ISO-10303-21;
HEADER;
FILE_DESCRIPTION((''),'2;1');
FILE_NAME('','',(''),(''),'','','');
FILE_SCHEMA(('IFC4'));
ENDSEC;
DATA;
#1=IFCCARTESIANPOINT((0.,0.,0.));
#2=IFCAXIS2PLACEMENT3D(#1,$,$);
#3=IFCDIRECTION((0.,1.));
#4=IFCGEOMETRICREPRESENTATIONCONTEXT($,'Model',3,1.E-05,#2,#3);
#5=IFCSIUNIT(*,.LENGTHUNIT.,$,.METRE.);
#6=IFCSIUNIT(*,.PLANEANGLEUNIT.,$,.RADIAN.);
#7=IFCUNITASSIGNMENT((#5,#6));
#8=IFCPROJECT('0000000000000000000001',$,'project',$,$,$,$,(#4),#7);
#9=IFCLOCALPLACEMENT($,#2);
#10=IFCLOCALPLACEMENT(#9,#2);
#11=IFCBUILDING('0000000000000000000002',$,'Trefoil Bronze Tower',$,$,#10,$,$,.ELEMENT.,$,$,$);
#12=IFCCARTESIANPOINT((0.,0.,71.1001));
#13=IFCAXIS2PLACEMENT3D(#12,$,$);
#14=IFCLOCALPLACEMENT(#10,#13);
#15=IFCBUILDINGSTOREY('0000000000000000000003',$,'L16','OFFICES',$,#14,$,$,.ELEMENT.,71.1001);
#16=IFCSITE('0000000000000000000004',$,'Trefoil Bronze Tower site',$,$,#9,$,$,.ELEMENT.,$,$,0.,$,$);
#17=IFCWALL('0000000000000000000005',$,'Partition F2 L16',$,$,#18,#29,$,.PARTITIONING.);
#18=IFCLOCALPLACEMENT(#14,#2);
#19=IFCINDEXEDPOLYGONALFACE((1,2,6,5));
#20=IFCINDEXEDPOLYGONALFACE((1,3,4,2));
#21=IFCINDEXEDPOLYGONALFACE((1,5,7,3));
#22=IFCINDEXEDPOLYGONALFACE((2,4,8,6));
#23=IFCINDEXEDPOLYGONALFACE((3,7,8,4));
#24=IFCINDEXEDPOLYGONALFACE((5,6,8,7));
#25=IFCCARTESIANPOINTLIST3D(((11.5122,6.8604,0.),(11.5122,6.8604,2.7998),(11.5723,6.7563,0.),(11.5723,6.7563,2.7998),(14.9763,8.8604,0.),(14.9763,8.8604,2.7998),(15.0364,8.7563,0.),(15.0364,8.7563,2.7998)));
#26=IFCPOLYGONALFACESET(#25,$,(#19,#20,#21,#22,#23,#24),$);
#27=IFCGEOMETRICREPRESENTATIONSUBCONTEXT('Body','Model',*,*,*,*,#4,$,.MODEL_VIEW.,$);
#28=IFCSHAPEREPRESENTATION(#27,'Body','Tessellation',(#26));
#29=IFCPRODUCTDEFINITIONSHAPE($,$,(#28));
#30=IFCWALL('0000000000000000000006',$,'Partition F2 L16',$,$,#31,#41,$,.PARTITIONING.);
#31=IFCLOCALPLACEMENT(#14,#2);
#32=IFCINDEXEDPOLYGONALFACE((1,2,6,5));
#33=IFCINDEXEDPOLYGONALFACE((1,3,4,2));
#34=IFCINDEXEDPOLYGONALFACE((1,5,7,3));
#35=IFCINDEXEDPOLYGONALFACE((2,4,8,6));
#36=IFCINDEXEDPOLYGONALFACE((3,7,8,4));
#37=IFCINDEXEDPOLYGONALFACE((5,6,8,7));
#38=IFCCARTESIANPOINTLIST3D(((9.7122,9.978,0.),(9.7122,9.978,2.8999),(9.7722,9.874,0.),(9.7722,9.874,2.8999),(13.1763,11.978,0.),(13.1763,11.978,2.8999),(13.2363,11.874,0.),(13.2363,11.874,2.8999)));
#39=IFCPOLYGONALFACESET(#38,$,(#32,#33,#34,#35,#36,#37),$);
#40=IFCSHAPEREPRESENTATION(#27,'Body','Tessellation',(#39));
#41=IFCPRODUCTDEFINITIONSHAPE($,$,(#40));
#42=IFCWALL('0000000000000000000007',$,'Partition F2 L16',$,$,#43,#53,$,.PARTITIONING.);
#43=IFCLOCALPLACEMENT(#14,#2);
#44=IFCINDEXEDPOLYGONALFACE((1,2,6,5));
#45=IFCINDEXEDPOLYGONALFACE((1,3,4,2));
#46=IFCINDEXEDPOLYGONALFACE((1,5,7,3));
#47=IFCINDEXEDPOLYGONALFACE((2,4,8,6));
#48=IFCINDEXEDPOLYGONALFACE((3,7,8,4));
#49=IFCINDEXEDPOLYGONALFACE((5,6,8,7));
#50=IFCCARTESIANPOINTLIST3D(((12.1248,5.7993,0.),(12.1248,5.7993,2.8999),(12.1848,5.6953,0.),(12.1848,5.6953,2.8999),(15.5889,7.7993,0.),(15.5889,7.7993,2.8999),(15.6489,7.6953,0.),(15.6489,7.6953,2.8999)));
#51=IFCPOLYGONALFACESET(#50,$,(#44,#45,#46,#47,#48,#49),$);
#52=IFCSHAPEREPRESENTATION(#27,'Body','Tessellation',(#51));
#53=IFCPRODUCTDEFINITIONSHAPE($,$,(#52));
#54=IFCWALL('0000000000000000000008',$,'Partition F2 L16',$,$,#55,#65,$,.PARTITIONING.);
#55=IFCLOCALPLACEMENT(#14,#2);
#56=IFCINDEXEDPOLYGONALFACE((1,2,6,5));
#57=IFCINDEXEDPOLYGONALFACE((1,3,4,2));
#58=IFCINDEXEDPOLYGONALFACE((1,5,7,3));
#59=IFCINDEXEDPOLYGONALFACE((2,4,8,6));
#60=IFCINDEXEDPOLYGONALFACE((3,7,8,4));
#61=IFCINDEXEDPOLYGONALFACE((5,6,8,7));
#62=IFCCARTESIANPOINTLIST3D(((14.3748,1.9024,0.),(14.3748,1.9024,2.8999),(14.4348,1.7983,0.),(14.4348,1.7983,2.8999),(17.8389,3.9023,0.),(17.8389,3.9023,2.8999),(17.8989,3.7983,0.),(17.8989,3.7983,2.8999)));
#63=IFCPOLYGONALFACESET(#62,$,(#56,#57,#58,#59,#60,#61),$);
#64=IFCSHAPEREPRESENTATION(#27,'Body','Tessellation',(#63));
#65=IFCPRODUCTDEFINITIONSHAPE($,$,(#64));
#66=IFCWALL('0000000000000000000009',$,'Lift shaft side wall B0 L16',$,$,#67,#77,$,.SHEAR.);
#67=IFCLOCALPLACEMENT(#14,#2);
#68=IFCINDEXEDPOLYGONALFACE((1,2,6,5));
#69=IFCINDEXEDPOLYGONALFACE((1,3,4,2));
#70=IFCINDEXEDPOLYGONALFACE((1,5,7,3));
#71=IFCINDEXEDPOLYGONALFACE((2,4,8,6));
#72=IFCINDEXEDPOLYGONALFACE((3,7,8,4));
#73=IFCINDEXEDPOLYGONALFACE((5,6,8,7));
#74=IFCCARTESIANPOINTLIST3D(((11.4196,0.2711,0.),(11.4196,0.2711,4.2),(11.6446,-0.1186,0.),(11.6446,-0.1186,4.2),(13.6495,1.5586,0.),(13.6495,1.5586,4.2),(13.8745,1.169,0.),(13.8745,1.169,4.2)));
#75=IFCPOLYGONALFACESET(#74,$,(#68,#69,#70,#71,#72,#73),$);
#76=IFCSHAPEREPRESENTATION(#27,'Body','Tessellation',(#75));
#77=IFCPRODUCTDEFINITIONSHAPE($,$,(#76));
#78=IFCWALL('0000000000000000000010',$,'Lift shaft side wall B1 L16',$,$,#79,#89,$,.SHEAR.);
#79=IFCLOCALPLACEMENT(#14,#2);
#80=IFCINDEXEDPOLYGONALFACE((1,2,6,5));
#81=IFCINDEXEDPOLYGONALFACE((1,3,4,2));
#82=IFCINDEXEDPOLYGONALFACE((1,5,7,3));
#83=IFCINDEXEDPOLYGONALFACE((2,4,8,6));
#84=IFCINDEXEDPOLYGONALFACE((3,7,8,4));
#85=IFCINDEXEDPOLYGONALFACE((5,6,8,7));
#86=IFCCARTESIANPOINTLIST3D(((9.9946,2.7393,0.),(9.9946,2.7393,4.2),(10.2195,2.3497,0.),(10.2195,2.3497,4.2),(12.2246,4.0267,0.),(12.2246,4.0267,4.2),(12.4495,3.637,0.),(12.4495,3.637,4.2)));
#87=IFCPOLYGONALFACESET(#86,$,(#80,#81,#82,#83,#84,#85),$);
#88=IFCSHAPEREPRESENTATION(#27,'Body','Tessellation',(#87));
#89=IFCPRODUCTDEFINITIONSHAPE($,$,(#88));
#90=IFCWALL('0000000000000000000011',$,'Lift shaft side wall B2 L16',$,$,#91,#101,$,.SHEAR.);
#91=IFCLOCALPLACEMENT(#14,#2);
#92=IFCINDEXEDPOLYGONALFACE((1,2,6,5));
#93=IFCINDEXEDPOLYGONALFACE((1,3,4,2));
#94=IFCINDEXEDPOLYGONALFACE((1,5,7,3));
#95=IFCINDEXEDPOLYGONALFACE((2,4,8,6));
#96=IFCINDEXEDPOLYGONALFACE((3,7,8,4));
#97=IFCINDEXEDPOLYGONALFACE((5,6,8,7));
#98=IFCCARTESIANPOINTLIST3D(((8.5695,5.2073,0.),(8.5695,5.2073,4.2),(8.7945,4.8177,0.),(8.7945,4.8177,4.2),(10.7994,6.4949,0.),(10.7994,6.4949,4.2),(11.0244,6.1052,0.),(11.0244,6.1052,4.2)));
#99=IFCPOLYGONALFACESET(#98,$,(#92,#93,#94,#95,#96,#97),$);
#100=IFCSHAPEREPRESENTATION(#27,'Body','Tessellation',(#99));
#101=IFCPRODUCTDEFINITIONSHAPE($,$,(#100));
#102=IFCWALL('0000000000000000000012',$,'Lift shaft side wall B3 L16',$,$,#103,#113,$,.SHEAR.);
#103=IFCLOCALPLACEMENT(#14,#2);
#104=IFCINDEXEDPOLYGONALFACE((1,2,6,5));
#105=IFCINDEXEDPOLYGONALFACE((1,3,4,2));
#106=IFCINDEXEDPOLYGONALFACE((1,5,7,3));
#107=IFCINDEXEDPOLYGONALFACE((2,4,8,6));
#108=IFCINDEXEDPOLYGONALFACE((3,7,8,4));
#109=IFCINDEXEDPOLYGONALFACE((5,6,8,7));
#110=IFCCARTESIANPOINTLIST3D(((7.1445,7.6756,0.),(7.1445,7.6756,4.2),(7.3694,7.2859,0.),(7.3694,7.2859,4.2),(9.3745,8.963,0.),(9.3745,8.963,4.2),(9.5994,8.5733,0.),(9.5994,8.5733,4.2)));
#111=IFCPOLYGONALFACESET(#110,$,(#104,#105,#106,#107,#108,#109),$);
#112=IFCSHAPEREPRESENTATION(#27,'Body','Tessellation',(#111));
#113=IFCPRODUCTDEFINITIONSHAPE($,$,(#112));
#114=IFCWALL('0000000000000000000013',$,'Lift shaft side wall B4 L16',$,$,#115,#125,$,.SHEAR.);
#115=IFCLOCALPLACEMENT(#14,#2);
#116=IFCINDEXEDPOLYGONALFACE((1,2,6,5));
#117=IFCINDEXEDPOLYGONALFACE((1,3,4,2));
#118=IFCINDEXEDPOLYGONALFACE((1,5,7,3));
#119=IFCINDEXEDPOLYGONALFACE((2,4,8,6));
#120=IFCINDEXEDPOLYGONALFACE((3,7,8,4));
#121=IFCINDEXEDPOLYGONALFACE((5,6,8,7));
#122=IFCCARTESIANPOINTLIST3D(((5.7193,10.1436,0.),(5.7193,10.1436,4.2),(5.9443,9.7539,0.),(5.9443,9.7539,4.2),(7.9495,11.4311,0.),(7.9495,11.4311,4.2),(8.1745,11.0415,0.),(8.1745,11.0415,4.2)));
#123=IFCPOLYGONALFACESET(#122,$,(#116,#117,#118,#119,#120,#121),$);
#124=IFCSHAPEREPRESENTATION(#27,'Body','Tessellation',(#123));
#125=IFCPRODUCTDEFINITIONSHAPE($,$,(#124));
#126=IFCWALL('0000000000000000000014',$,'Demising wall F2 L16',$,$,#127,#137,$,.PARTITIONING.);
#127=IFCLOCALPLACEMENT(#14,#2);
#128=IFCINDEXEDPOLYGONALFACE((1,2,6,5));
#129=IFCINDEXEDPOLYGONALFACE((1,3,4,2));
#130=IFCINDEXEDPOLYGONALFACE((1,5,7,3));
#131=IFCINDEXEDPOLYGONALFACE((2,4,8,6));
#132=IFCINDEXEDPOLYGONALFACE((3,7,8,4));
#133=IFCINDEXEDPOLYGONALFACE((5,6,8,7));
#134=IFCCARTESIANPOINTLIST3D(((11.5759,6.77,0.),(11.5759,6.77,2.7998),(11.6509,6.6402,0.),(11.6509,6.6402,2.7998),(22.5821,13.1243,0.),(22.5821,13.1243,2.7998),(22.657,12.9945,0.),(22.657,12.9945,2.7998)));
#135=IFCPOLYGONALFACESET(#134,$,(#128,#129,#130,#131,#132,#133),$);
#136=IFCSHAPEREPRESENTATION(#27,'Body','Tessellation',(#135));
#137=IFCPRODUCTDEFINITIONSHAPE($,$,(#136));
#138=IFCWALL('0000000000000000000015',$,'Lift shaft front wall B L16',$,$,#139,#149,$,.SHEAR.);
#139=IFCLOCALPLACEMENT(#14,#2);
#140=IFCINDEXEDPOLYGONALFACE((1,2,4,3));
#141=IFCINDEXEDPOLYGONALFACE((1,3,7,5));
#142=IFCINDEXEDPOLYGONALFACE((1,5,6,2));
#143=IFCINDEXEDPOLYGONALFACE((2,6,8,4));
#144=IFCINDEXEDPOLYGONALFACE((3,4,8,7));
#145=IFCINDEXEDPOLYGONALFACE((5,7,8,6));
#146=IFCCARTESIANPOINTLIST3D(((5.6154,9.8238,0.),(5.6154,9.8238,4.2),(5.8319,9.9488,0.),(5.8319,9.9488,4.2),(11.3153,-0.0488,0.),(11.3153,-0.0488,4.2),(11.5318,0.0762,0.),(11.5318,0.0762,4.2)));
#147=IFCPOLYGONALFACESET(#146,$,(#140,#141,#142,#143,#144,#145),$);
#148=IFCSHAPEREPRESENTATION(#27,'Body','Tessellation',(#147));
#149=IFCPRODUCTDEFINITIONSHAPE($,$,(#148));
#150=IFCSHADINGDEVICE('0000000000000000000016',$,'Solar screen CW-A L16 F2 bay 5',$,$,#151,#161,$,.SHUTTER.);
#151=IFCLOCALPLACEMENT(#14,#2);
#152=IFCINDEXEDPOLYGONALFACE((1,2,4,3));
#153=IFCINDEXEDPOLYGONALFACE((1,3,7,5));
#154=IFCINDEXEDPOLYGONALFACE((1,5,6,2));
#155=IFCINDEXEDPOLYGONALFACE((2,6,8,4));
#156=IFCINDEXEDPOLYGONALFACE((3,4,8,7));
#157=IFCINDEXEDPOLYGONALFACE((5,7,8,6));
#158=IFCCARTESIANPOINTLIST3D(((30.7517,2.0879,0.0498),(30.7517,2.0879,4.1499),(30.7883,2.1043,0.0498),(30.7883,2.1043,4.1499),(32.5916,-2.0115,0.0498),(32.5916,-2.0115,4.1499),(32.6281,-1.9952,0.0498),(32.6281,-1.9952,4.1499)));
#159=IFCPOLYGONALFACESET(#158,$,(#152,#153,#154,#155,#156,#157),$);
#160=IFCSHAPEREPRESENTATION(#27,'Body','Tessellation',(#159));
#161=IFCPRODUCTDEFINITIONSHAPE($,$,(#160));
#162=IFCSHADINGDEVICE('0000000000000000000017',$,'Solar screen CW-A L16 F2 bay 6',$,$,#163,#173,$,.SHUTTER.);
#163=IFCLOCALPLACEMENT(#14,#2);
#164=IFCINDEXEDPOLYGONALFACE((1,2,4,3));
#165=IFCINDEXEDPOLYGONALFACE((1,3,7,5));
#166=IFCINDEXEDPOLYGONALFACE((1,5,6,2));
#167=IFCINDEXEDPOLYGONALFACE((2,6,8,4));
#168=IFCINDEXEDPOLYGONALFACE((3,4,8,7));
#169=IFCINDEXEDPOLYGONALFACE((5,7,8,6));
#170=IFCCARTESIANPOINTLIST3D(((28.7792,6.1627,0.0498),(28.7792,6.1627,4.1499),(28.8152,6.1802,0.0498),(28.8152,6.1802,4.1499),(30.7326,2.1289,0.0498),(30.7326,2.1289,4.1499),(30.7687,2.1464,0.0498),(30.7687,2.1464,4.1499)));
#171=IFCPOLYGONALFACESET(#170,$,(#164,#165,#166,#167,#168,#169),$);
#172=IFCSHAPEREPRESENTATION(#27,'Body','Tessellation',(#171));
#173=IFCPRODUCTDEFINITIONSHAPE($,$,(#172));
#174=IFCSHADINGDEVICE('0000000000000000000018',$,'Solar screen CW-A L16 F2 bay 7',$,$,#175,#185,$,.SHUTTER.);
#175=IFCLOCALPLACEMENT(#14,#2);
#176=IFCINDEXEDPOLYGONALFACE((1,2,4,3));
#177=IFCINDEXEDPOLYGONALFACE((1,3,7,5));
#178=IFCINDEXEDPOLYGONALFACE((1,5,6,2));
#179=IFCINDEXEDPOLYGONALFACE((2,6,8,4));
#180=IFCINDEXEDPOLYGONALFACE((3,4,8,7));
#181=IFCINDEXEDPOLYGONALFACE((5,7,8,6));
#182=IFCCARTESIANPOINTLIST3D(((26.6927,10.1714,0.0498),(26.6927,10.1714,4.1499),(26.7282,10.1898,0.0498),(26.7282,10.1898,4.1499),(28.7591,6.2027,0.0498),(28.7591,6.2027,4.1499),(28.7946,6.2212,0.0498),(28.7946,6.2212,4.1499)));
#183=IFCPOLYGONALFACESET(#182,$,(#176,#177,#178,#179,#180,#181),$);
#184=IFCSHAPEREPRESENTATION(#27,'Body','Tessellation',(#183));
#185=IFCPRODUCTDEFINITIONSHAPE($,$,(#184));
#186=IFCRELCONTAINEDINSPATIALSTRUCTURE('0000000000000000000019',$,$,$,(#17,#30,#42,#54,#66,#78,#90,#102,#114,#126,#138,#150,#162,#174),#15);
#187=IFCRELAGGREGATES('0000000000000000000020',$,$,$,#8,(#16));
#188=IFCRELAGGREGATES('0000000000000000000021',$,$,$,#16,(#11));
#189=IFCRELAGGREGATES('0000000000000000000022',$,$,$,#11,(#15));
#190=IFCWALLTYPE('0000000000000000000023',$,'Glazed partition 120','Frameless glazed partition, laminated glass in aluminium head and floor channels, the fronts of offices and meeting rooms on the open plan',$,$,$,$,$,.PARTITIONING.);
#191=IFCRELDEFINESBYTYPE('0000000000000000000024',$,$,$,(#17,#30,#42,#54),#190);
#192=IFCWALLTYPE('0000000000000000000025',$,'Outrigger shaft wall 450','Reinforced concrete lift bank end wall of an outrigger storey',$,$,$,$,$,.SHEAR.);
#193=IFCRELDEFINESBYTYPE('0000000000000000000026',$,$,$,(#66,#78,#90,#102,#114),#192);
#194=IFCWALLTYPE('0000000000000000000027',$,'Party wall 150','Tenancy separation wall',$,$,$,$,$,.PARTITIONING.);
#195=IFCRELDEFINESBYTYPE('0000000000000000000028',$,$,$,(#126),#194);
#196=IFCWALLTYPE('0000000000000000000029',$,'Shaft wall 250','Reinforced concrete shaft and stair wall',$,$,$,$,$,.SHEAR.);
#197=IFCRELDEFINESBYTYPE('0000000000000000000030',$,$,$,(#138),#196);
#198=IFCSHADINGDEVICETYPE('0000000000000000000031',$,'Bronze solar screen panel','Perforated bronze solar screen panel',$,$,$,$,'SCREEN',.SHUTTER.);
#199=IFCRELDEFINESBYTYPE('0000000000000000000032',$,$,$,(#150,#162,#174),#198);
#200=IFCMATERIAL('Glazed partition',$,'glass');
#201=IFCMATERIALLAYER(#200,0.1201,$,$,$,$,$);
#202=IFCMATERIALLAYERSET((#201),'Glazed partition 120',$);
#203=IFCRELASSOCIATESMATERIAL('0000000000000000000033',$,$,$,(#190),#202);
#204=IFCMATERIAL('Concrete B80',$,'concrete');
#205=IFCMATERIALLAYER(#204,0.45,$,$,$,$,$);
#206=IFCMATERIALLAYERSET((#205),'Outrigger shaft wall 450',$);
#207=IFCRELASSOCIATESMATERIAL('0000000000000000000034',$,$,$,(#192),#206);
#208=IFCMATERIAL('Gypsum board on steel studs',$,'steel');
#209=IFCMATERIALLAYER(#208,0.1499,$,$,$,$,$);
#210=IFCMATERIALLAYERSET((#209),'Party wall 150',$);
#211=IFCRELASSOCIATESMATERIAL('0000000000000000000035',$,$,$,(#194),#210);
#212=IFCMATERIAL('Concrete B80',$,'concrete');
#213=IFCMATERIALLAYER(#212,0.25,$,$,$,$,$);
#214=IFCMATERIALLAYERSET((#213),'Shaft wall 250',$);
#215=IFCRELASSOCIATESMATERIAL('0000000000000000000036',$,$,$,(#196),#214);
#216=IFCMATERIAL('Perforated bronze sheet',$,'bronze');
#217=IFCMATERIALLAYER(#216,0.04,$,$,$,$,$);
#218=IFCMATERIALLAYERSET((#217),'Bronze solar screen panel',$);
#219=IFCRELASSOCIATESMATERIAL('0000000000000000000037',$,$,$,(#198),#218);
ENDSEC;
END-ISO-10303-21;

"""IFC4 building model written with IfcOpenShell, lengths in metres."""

from ifc_helpers import new_model, si_unit, direction, frame, frame_2d, origin, origin_2d, place, context, subcontext, project, spatial, rectangle, extrude, material, layer, layer_set, type_object, element, save


model = new_model("IFC4")

# Units and contexts
model_context = context("Model", 3, precision=1e-05, world=origin(), true_north=direction((0.0, 1.0)))
body_context = subcontext(model_context, "Body", "Model", "MODEL_VIEW")
ifc_project = project(units=[si_unit("LENGTHUNIT", "METRE"), si_unit("PLANEANGLEUNIT", "RADIAN")], contexts=[model_context])

# Site, building, storey
site_placement = place(None, origin())
site = spatial("IfcSite", under=ifc_project, at=site_placement, Name="Trefoil Bronze Tower site", CompositionType="ELEMENT", RefElevation=0.0)
building_placement = place(site_placement, origin())
building = spatial("IfcBuilding", under=site, at=building_placement, Name="Trefoil Bronze Tower", CompositionType="ELEMENT")
storey_placement = place(building_placement, frame((0.0, 0.0, 71.1001)))
storey = spatial("IfcBuildingStorey", under=building, at=storey_placement, Name="L16", Description="OFFICES", CompositionType="ELEMENT", Elevation=71.1001)

# Shared definitions
ifc_material_1 = material(Name="Glazed partition", Category="glass")
ifc_layer_1 = layer(ifc_material_1, 0.1201)
ifc_layer_set_1 = layer_set([ifc_layer_1], Name="Glazed partition 120")
wall_type_1 = type_object("IfcWallType", Name="Glazed partition 120", Description="Frameless glazed partition, laminated glass in aluminium head and floor channels, the fronts of offices and meeting rooms on the open plan", PredefinedType="PARTITIONING", material=ifc_layer_set_1)

# Walls
wall_1_placement = place(storey_placement, frame((11.5422, 6.8083, 0.0), z_axis=(0.0, 0.0, 1.0), x_axis=(0.866026, 0.499999, 0.0)))
element("IfcWall", 1, at=wall_1_placement, inside=storey, type_object=wall_type_1, Name="Partition F2 L16", PredefinedType="PARTITIONING", context=body_context, shape_type="SweptSolid", body=[
    extrude(rectangle(XDim=4.0, YDim=0.1201, at=frame_2d((2.0, 0.0))), origin(), (0.0, 0.0, 1.0), 2.7998),
])
for number, where, z_axis, x_axis, name in (
    (2, (9.7422, 9.926, 0.0), (0.0, 0.0, 1.0), (0.866026, 0.499999, 0.0), "Partition F2 L16"),
    (3, (12.1548, 5.7473, 0.0), (0.0, 0.0, 1.0), (0.866026, 0.499999, 0.0), "Partition F2 L16"),
    (4, (14.4048, 1.8503, 0.0), (0.0, 0.0, 1.0), (0.866026, 0.499999, 0.0), "Partition F2 L16"),
):
    element("IfcWall", number, at=place(storey_placement, frame(where, z_axis=z_axis, x_axis=x_axis)), inside=storey, type_object=wall_type_1, Name=name, PredefinedType="PARTITIONING", context=body_context, shape_type="SweptSolid", body=[
        extrude(rectangle(XDim=4.0, YDim=0.1201, at=frame_2d((2.0, 0.0))), origin(), (0.0, 0.0, 1.0), 2.8999),
    ])
ifc_material_2 = material(Name="Concrete B80", Category="concrete")
ifc_layer_2 = layer(ifc_material_2, 0.45)
ifc_layer_set_2 = layer_set([ifc_layer_2], Name="Outrigger shaft wall 450")
wall_type_2 = type_object("IfcWallType", Name="Outrigger shaft wall 450", Description="Reinforced concrete lift bank end wall of an outrigger storey", PredefinedType="SHEAR", material=ifc_layer_set_2)
for number, where, z_axis, x_axis, name in (
    (5, (11.532, 0.0762, 0.0), (0.0, 0.0, 1.0), (0.866006, 0.500034, 0.0), "Lift shaft side wall B0 L16"),
    (6, (10.1069, 2.5444, 0.0), (0.0, 0.0, 1.0), (0.866047, 0.499963, 0.0), "Lift shaft side wall B1 L16"),
    (7, (8.6819, 5.0125, 0.0), (0.0, 0.0, 1.0), (0.866006, 0.500034, 0.0), "Lift shaft side wall B2 L16"),
    (8, (7.2568, 7.4807, 0.0), (0.0, 0.0, 1.0), (0.866047, 0.499963, 0.0), "Lift shaft side wall B3 L16"),
):
    element("IfcWall", number, at=place(storey_placement, frame(where, z_axis=z_axis, x_axis=x_axis)), inside=storey, type_object=wall_type_2, Name=name, PredefinedType="SHEAR", context=body_context, shape_type="SweptSolid", body=[
        extrude(rectangle(XDim=2.575, YDim=0.45, at=frame_2d((1.2876, 0.0))), origin(), (0.0, 0.0, 1.0), 4.2),
    ])
wall_2_placement = place(storey_placement, frame((5.8318, 9.9487, 0.0), z_axis=(0.0, 0.0, 1.0), x_axis=(0.866029, 0.499993, 0.0)))
element("IfcWall", 9, at=wall_2_placement, inside=storey, type_object=wall_type_2, Name="Lift shaft side wall B4 L16", PredefinedType="SHEAR", context=body_context, shape_type="SweptSolid", body=[
    extrude(rectangle(XDim=2.5752, YDim=0.45, at=frame_2d((1.2876, 0.0))), origin(), (0.0, 0.0, 1.0), 4.2),
])
ifc_material_3 = material(Name="Gypsum board on steel studs", Category="steel")
ifc_layer_3 = layer(ifc_material_3, 0.1499)
ifc_layer_set_3 = layer_set([ifc_layer_3], Name="Party wall 150")
wall_type_3 = type_object("IfcWallType", Name="Party wall 150", Description="Tenancy separation wall", PredefinedType="PARTITIONING", material=ifc_layer_set_3)
wall_3_placement = place(storey_placement, frame((11.6133, 6.7051, 0.0), z_axis=(0.0, 0.0, 1.0), x_axis=(0.86603, 0.499992, 0.0)))
element("IfcWall", 10, at=wall_3_placement, inside=storey, type_object=wall_type_3, Name="Demising wall F2 L16", PredefinedType="PARTITIONING", context=body_context, shape_type="SweptSolid", body=[
    extrude(rectangle(XDim=12.7087, YDim=0.1499, at=frame_2d((6.3545, 0.0))), origin(), (0.0, 0.0, 1.0), 2.7998),
])
ifc_material_4 = material(Name="Concrete B80", Category="concrete")
ifc_layer_4 = layer(ifc_material_4, 0.25)
ifc_layer_set_4 = layer_set([ifc_layer_4], Name="Shaft wall 250")
wall_type_4 = type_object("IfcWallType", Name="Shaft wall 250", Description="Reinforced concrete shaft and stair wall", PredefinedType="SHEAR", material=ifc_layer_set_4)
wall_4_placement = place(storey_placement, frame((11.4236, 0.0137, 0.0), z_axis=(0.0, 0.0, 1.0), x_axis=(-0.500002, 0.866024, 0.0)))
element("IfcWall", 11, at=wall_4_placement, inside=storey, type_object=wall_type_4, Name="Lift shaft front wall B L16", PredefinedType="SHEAR", context=body_context, shape_type="SweptSolid", body=[
    extrude(rectangle(XDim=11.3999, YDim=0.25, at=frame_2d((5.7, 0.0))), origin(), (0.0, 0.0, 1.0), 4.2),
])

# Shading devices
ifc_material_5 = material(Name="Perforated bronze sheet", Category="bronze")
ifc_layer_5 = layer(ifc_material_5, 0.04)
ifc_layer_set_5 = layer_set([ifc_layer_5], Name="Bronze solar screen panel")
shading_device_type = type_object("IfcShadingDeviceType", Name="Bronze solar screen panel", Description="Perforated bronze solar screen panel", ElementType="SCREEN", PredefinedType="SHUTTER", material=ifc_layer_set_5)
shading_device_1_placement = place(storey_placement, frame((31.6899, 0.0464, 0.0498), z_axis=(0.0, 0.0, 1.0), x_axis=(-0.409456, 0.91233, 0.0)))
element("IfcShadingDevice", 12, at=shading_device_1_placement, inside=storey, type_object=shading_device_type, Name="Solar screen CW-A L16 F2 bay 5", PredefinedType="SHUTTER", context=body_context, shape_type="SweptSolid", body=[
    extrude(rectangle(XDim=4.4934, YDim=0.04, at=origin_2d()), origin(), (0.0, 0.0, 1.0), 4.1001),
])
shading_device_2_placement = place(storey_placement, frame((29.7739, 4.1545, 0.0498), z_axis=(0.0, 0.0, 1.0), x_axis=(-0.435855, 0.900017, 0.0)))
element("IfcShadingDevice", 13, at=shading_device_2_placement, inside=storey, type_object=shading_device_type, Name="Solar screen CW-A L16 F2 bay 6", PredefinedType="SHUTTER", context=body_context, shape_type="SweptSolid", body=[
    extrude(rectangle(XDim=4.4819, YDim=0.04, at=origin_2d()), origin(), (0.0, 0.0, 1.0), 4.1001),
])
shading_device_3_placement = place(storey_placement, frame((27.7437, 8.1963, 0.0498), z_axis=(0.0, 0.0, 1.0), x_axis=(-0.46183, 0.886969, 0.0)))
element("IfcShadingDevice", 14, at=shading_device_3_placement, inside=storey, type_object=shading_device_type, Name="Solar screen CW-A L16 F2 bay 7", PredefinedType="SHUTTER", context=body_context, shape_type="SweptSolid", body=[
    extrude(rectangle(XDim=4.4744, YDim=0.04, at=origin_2d()), origin(), (0.0, 0.0, 1.0), 4.1001),
])

save(model, "model.ifc")
